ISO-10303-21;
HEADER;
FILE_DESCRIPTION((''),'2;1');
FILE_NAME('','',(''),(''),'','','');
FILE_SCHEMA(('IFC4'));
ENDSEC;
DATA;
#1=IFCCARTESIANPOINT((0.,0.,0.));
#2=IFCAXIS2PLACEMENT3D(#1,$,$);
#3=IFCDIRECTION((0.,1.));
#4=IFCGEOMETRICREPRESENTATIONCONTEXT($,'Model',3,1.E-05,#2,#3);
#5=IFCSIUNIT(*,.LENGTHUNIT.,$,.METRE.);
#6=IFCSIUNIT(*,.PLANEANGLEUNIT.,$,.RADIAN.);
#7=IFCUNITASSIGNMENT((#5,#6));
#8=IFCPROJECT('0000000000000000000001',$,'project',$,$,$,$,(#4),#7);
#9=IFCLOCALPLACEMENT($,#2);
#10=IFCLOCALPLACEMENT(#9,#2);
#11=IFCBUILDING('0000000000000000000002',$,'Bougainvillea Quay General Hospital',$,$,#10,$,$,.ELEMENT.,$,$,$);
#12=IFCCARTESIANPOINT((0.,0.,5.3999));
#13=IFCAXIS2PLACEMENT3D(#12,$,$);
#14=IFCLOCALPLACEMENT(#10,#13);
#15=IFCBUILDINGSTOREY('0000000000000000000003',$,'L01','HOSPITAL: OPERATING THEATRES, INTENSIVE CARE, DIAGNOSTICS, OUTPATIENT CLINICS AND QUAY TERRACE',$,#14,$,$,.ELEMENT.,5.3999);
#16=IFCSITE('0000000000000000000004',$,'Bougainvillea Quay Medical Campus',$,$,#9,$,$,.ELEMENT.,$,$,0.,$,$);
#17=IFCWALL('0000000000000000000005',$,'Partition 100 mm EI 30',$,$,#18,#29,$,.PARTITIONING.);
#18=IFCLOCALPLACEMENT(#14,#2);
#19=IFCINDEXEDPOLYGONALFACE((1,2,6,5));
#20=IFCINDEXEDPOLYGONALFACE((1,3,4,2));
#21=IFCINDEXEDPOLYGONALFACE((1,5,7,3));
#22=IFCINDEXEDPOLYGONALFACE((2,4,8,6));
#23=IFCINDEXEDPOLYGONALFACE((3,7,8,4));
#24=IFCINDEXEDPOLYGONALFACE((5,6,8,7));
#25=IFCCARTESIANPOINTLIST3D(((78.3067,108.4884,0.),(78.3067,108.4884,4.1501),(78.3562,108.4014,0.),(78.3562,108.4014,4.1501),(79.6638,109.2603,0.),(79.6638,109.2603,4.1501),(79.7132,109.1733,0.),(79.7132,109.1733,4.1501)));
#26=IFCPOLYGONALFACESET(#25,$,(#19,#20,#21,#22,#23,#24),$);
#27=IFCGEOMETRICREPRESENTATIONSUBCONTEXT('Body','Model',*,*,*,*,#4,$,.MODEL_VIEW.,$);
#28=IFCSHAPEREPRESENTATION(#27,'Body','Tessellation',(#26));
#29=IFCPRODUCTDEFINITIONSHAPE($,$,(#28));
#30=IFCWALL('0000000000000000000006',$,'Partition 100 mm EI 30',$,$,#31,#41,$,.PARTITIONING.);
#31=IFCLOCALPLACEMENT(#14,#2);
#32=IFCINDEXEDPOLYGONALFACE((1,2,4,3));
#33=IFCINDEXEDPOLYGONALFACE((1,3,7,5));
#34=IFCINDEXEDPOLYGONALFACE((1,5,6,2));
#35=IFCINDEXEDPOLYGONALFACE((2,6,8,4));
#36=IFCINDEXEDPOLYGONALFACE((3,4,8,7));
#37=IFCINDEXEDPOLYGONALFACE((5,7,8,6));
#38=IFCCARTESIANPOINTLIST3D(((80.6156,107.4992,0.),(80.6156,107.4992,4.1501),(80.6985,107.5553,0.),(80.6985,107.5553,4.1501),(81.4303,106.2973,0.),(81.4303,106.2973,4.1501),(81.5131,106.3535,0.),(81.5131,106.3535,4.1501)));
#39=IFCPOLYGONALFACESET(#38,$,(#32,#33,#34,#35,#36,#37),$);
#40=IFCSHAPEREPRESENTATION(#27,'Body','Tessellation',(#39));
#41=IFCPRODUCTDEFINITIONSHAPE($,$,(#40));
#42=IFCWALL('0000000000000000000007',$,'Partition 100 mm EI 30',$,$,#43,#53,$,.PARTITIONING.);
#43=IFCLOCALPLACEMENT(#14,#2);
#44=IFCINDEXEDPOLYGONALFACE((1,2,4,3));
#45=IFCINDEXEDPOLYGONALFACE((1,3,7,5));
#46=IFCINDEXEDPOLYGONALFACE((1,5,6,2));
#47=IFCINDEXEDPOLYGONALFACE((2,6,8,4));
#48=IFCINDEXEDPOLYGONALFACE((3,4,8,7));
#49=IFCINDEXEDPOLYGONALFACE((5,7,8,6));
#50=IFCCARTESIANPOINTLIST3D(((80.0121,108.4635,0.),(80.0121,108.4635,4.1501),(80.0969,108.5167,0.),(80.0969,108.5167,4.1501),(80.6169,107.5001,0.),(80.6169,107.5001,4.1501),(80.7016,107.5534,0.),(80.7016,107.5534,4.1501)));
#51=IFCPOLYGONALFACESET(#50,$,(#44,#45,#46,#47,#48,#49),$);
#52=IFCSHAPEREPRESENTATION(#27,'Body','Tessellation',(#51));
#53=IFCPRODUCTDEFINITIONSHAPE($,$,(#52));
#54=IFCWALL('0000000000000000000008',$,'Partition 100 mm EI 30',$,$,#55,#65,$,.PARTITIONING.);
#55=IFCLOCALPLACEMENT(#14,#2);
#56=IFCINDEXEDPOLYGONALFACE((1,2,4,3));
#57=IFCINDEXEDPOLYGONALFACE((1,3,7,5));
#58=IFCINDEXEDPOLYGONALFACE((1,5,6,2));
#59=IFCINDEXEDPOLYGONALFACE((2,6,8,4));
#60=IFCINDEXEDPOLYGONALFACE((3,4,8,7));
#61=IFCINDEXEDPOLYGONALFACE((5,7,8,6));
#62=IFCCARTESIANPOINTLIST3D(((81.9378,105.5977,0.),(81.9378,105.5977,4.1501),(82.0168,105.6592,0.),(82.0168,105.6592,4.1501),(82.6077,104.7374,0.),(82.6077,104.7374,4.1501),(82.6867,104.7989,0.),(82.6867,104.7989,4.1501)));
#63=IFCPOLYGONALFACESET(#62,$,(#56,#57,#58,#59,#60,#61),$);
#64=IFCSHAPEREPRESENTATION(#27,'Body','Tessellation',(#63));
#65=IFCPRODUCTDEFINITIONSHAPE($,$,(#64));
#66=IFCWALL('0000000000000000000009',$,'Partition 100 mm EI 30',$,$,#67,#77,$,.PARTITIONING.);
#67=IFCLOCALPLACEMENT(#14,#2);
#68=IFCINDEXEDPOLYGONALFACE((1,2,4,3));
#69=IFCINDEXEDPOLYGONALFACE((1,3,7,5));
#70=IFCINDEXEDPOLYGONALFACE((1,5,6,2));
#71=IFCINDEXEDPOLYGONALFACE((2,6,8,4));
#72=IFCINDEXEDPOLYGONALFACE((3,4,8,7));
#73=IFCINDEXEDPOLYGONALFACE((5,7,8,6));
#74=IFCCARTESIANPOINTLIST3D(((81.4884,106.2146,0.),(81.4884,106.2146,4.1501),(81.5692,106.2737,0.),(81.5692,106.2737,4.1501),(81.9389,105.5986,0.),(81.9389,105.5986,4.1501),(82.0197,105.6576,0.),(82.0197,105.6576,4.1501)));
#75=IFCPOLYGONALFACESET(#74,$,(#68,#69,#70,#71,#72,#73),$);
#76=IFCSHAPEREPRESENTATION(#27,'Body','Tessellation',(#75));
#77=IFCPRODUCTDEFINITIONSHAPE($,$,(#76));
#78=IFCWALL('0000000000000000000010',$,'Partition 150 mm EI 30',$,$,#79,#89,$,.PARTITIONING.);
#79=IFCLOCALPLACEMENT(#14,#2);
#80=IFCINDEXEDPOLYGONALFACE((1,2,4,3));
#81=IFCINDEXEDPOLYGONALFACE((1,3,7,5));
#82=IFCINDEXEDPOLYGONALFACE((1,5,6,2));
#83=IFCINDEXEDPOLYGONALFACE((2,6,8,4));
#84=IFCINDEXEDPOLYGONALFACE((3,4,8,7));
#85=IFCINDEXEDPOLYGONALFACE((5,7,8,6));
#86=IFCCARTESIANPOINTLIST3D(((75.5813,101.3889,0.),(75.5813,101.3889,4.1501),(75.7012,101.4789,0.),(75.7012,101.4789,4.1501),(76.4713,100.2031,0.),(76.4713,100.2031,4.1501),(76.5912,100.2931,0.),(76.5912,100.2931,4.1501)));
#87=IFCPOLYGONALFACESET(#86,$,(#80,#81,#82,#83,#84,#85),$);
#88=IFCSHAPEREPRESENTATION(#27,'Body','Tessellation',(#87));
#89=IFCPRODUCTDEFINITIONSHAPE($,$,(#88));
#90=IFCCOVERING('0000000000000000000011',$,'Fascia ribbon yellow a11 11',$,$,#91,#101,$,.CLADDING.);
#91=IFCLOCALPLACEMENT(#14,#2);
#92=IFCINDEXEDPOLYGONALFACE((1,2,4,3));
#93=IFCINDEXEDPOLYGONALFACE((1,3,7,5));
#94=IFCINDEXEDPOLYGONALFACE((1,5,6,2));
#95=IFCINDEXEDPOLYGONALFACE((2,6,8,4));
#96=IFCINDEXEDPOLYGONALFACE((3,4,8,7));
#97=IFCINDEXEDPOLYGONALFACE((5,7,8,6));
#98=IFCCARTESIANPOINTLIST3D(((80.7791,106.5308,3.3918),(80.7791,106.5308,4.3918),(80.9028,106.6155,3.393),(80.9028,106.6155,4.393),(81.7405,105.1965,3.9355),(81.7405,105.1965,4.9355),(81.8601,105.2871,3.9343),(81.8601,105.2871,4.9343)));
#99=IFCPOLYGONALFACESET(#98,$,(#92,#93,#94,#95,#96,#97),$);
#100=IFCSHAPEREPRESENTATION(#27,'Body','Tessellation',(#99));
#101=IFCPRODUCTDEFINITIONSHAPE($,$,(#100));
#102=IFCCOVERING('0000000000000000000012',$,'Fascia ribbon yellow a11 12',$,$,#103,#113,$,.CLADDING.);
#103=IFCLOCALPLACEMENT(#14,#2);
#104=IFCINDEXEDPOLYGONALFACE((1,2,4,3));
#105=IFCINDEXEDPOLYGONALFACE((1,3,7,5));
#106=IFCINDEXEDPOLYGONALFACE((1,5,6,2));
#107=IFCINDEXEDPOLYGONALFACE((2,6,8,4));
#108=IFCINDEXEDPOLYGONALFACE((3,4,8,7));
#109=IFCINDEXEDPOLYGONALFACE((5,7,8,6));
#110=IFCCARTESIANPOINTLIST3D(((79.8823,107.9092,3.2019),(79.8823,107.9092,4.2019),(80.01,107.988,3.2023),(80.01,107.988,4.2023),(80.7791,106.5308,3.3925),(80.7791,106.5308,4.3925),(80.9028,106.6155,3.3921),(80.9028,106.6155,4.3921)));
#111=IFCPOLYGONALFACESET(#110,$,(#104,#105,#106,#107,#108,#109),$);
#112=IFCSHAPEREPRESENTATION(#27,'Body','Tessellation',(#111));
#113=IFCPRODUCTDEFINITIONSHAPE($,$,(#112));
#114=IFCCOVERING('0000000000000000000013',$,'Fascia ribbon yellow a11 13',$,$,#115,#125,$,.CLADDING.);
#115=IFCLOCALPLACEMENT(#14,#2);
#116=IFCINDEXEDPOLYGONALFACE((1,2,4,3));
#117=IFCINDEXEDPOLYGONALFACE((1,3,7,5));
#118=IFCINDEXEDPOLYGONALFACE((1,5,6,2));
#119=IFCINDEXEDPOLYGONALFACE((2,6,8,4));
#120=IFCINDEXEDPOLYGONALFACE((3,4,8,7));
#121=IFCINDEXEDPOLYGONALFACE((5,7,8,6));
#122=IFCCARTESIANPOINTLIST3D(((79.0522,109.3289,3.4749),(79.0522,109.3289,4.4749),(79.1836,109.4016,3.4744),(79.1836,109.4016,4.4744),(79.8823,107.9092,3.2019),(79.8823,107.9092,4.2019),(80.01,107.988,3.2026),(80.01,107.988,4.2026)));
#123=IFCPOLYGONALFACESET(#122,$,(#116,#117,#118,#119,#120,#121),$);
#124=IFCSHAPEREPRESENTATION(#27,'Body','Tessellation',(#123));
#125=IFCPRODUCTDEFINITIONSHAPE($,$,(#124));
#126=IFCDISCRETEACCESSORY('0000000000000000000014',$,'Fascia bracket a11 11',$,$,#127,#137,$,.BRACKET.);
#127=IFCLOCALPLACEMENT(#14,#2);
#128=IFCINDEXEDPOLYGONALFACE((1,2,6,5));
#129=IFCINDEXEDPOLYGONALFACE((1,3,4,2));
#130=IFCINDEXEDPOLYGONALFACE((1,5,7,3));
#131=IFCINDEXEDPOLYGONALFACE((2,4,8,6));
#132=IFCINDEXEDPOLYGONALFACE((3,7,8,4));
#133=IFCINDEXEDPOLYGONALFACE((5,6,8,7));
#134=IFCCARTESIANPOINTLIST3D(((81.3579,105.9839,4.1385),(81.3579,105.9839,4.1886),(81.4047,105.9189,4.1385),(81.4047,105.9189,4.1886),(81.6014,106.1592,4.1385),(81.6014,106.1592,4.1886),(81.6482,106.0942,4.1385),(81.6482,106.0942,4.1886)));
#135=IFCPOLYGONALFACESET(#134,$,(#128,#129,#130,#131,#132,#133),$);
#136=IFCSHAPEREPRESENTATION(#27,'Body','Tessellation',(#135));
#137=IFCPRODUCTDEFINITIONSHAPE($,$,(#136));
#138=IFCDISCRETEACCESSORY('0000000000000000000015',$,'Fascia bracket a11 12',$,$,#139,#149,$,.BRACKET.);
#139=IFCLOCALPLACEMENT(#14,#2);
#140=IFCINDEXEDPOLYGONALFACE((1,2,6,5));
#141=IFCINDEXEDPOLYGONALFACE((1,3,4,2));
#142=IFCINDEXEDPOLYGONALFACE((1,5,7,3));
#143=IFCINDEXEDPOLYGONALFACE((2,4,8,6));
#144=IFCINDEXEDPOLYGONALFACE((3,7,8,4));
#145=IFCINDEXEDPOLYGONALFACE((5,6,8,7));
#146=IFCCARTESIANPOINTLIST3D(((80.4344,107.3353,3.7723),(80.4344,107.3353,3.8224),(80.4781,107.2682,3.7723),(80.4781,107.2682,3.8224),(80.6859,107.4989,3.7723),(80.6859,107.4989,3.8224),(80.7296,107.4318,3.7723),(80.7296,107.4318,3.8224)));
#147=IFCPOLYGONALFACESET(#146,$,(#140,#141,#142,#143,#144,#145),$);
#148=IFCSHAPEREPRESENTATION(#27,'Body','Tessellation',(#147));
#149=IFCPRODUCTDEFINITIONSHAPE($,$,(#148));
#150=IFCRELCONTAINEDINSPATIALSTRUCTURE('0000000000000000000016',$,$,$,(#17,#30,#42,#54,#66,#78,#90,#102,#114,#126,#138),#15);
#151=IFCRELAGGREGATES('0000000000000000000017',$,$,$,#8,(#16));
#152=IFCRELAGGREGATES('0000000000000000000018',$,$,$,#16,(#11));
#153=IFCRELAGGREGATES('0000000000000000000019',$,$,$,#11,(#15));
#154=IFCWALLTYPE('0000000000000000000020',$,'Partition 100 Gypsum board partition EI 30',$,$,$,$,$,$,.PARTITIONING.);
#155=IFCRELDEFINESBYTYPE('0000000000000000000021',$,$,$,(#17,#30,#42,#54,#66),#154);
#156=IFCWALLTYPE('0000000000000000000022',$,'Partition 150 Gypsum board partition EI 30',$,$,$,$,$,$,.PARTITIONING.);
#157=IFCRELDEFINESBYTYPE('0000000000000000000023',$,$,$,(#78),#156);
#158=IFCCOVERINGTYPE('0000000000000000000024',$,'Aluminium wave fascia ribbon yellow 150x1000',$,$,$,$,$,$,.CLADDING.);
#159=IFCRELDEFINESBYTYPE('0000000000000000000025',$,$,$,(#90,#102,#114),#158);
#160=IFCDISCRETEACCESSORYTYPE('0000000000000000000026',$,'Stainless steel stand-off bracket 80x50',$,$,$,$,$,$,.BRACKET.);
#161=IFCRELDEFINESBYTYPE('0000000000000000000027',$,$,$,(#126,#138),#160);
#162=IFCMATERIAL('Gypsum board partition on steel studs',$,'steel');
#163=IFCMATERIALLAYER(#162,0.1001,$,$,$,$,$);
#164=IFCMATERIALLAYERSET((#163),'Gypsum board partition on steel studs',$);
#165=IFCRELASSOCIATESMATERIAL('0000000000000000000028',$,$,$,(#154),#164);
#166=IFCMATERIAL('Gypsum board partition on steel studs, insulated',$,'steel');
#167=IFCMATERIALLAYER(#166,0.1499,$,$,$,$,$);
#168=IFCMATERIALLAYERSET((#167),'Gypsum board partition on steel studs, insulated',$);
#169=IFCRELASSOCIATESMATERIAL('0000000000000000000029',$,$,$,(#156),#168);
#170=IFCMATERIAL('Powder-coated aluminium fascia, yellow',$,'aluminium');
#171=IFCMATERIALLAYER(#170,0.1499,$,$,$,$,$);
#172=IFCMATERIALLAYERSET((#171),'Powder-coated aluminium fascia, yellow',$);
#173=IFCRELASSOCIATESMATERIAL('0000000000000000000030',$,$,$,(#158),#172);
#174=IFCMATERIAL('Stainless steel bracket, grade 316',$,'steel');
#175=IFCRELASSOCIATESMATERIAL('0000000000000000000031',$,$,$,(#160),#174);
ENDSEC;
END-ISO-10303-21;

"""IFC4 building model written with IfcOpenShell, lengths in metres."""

from ifc_helpers import new_model, si_unit, direction, frame, frame_2d, origin, origin_2d, place, context, subcontext, project, spatial, polyline, rectangle, outline, extrude, material, layer, layer_set, material_profile, profile_set, type_object, element, save


model = new_model("IFC4")

# Units and contexts
model_context = context("Model", 3, precision=1e-05, world=origin(), true_north=direction((0.0, 1.0)))
body_context = subcontext(model_context, "Body", "Model", "MODEL_VIEW")
ifc_project = project(units=[si_unit("LENGTHUNIT", "METRE"), si_unit("PLANEANGLEUNIT", "RADIAN")], contexts=[model_context])

# Site, building, storey
site_placement = place(None, origin())
site = spatial("IfcSite", under=ifc_project, at=site_placement, Name="Bougainvillea Quay Medical Campus", CompositionType="ELEMENT", RefElevation=0.0)
building_placement = place(site_placement, origin())
building = spatial("IfcBuilding", under=site, at=building_placement, Name="Bougainvillea Quay General Hospital", CompositionType="ELEMENT")
storey_placement = place(building_placement, frame((0.0, 0.0, 5.3999)))
storey = spatial("IfcBuildingStorey", under=building, at=storey_placement, Name="L01", Description="HOSPITAL: OPERATING THEATRES, INTENSIVE CARE, DIAGNOSTICS, OUTPATIENT CLINICS AND QUAY TERRACE", CompositionType="ELEMENT", Elevation=5.3999)

# Walls
ifc_material_1 = material(Name="Gypsum board partition on steel studs", Category="steel")
ifc_layer_1 = layer(ifc_material_1, 0.1001)
ifc_layer_set_1 = layer_set([ifc_layer_1], Name="Gypsum board partition on steel studs")
wall_type_1 = type_object("IfcWallType", Name="Partition 100 Gypsum board partition EI 30", PredefinedType="PARTITIONING", material=ifc_layer_set_1)
wall_1_placement = place(storey_placement, frame((78.3313, 108.4448, 0.0), z_axis=(0.0, 0.0, 1.0), x_axis=(0.869223, 0.49442, 0.0)))
element("IfcWall", 1, at=wall_1_placement, inside=storey, type_object=wall_type_1, Name="Partition 100 mm EI 30", PredefinedType="PARTITIONING", context=body_context, shape_type="SweptSolid", body=[
    extrude(rectangle(XDim=1.5613, YDim=0.1001, at=frame_2d((0.7808, 0.0))), origin(), (0.0, 0.0, 1.0), 4.1501),
])
wall_2_placement = place(storey_placement, frame((80.657, 107.5273, 0.0), z_axis=(0.0, 0.0, 1.0), x_axis=(0.561086, -0.827757, 0.0)))
element("IfcWall", 2, at=wall_2_placement, inside=storey, type_object=wall_type_1, Name="Partition 100 mm EI 30", PredefinedType="PARTITIONING", context=body_context, shape_type="SweptSolid", body=[
    extrude(rectangle(XDim=1.4519, YDim=0.1001, at=frame_2d((0.7261, 0.0))), origin(), (0.0, 0.0, 1.0), 4.1501),
])
wall_3_placement = place(storey_placement, frame((80.0544, 108.4902, 0.0), z_axis=(0.0, 0.0, 1.0), x_axis=(0.531657, -0.84696, 0.0)))
element("IfcWall", 3, at=wall_3_placement, inside=storey, type_object=wall_type_1, Name="Partition 100 mm EI 30", PredefinedType="PARTITIONING", context=body_context, shape_type="SweptSolid", body=[
    extrude(rectangle(XDim=1.1375, YDim=0.1001, at=frame_2d((0.5688, 0.0))), origin(), (0.0, 0.0, 1.0), 4.1501),
])
wall_4_placement = place(storey_placement, frame((81.9773, 105.6284, 0.0), z_axis=(0.0, 0.0, 1.0), x_axis=(0.614375, -0.789015, 0.0)))
element("IfcWall", 4, at=wall_4_placement, inside=storey, type_object=wall_type_1, Name="Partition 100 mm EI 30", PredefinedType="PARTITIONING", context=body_context, shape_type="SweptSolid", body=[
    extrude(rectangle(XDim=1.0903, YDim=0.1001, at=frame_2d((0.5452, 0.0))), origin(), (0.0, 0.0, 1.0), 4.1501),
])
wall_5_placement = place(storey_placement, frame((81.5288, 106.2441, 0.0), z_axis=(0.0, 0.0, 1.0), x_axis=(0.590281, -0.807198, 0.0)))
element("IfcWall", 5, at=wall_5_placement, inside=storey, type_object=wall_type_1, Name="Partition 100 mm EI 30", PredefinedType="PARTITIONING", context=body_context, shape_type="SweptSolid", body=[
    extrude(rectangle(XDim=0.7632, YDim=0.1001, at=frame_2d((0.3816, 0.0))), origin(), (0.0, 0.0, 1.0), 4.1501),
])
ifc_material_2 = material(Name="Gypsum board partition on steel studs, insulated", Category="steel")
ifc_layer_2 = layer(ifc_material_2, 0.1499)
ifc_layer_set_2 = layer_set([ifc_layer_2], Name="Gypsum board partition on steel studs, insulated")
wall_type_2 = type_object("IfcWallType", Name="Partition 150 Gypsum board partition EI 30", PredefinedType="PARTITIONING", material=ifc_layer_set_2)
wall_6_placement = place(storey_placement, frame((75.6414, 101.4338, 0.0), z_axis=(0.0, 0.0, 1.0), x_axis=(0.600237, -0.799822, 0.0)))
element("IfcWall", 6, at=wall_6_placement, inside=storey, type_object=wall_type_2, Name="Partition 150 mm EI 30", PredefinedType="PARTITIONING", context=body_context, shape_type="SweptSolid", body=[
    extrude(rectangle(XDim=1.4827, YDim=0.1499, at=frame_2d((0.7412, 0.0))), origin(), (0.0, 0.0, 1.0), 4.1501),
])

# Coverings
ifc_material_3 = material(Name="Powder-coated aluminium fascia, yellow", Category="aluminium")
ifc_layer_3 = layer(ifc_material_3, 0.1499)
ifc_layer_set_3 = layer_set([ifc_layer_3], Name="Powder-coated aluminium fascia, yellow")
covering_type = type_object("IfcCoveringType", Name="Aluminium wave fascia ribbon yellow 150x1000", PredefinedType="CLADDING", material=ifc_layer_set_3)
covering_1_placement = place(storey_placement, frame((81.8601, 105.2871, 3.9343), z_axis=(-0.18343, 0.254707, 0.949462), x_axis=(-0.555099, 0.770287, -0.313882)))
element("IfcCovering", 7, at=covering_1_placement, inside=storey, type_object=covering_type, Name="Fascia ribbon yellow a11 11", PredefinedType="CLADDING", context=body_context, shape_type="SweptSolid", body=[
    extrude(outline(polyline([(0.0, 0.0), (1.7245, 0.0), (1.7283, 0.15), (-0.0037, 0.15), (0.0, 0.0)])), origin(), (-0.313882, 0.000094, 0.949462), 1.0),
])
covering_2_placement = place(storey_placement, frame((80.9028, 106.6155, 3.3921), z_axis=(-0.062778, 0.09651, 0.99335), x_axis=(-0.541645, 0.832685, -0.115132)))
element("IfcCovering", 8, at=covering_2_placement, inside=storey, type_object=covering_type, Name="Fascia ribbon yellow a11 12", PredefinedType="CLADDING", context=body_context, shape_type="SweptSolid", body=[
    extrude(outline(polyline([(0.0, 0.0), (1.6483, 0.0), (1.6519, 0.15), (-0.0036, 0.15), (0.0, 0.0)])), origin(), (-0.115132, 0.0, 0.99335), 1.0),
])
covering_3_placement = place(storey_placement, frame((80.01, 107.988, 3.2026), z_axis=(0.082009, -0.141703, 0.986506), x_axis=(-0.497895, 0.851643, 0.163722)))
element("IfcCovering", 9, at=covering_3_placement, inside=storey, type_object=covering_type, Name="Fascia ribbon yellow a11 13", PredefinedType="CLADDING", context=body_context, shape_type="SweptSolid", body=[
    extrude(outline(polyline([(0.0, 0.0), (1.6598, 0.0), (1.6633, 0.1501), (-0.0037, 0.15), (0.0, 0.0)])), origin(), (0.163722, -0.000711, 0.986506), 1.0),
])

# Discrete accessories
ifc_material_4 = material(Name="Stainless steel bracket, grade 316", Category="steel")
ifc_material_profile_1 = material_profile(ifc_material_4, rectangle(XDim=0.0801, YDim=0.05, at=origin_2d()))
ifc_profile_set_1 = profile_set([ifc_material_profile_1], Name="Stainless steel bracket, grade 316")
discrete_accessory_type = type_object("IfcDiscreteAccessoryType", Name="Stainless steel stand-off bracket 80x50", PredefinedType="BRACKET", material=ifc_profile_set_1)
for number, where, z_axis, x_axis, name in (
    (10, (81.6248, 106.1267, 4.1636), (-0.811473, -0.58439, 0.0), (0.58439, -0.811473, 0.0), "Fascia bracket a11 11"),
    (11, (80.7078, 107.4653, 3.7974), (-0.838258, -0.545274, 0.0), (0.545274, -0.838258, 0.0), "Fascia bracket a11 12"),
):
    element("IfcDiscreteAccessory", number, at=place(storey_placement, frame(where, z_axis=z_axis, x_axis=x_axis)), inside=storey, type_object=discrete_accessory_type, Name=name, PredefinedType="BRACKET", context=body_context, shape_type="SweptSolid", body=[
        extrude(rectangle(XDim=0.0801, YDim=0.05, at=origin_2d()), origin(), (0.0, 0.0, 1.0), 0.3),
    ])

save(model, "model.ifc")
